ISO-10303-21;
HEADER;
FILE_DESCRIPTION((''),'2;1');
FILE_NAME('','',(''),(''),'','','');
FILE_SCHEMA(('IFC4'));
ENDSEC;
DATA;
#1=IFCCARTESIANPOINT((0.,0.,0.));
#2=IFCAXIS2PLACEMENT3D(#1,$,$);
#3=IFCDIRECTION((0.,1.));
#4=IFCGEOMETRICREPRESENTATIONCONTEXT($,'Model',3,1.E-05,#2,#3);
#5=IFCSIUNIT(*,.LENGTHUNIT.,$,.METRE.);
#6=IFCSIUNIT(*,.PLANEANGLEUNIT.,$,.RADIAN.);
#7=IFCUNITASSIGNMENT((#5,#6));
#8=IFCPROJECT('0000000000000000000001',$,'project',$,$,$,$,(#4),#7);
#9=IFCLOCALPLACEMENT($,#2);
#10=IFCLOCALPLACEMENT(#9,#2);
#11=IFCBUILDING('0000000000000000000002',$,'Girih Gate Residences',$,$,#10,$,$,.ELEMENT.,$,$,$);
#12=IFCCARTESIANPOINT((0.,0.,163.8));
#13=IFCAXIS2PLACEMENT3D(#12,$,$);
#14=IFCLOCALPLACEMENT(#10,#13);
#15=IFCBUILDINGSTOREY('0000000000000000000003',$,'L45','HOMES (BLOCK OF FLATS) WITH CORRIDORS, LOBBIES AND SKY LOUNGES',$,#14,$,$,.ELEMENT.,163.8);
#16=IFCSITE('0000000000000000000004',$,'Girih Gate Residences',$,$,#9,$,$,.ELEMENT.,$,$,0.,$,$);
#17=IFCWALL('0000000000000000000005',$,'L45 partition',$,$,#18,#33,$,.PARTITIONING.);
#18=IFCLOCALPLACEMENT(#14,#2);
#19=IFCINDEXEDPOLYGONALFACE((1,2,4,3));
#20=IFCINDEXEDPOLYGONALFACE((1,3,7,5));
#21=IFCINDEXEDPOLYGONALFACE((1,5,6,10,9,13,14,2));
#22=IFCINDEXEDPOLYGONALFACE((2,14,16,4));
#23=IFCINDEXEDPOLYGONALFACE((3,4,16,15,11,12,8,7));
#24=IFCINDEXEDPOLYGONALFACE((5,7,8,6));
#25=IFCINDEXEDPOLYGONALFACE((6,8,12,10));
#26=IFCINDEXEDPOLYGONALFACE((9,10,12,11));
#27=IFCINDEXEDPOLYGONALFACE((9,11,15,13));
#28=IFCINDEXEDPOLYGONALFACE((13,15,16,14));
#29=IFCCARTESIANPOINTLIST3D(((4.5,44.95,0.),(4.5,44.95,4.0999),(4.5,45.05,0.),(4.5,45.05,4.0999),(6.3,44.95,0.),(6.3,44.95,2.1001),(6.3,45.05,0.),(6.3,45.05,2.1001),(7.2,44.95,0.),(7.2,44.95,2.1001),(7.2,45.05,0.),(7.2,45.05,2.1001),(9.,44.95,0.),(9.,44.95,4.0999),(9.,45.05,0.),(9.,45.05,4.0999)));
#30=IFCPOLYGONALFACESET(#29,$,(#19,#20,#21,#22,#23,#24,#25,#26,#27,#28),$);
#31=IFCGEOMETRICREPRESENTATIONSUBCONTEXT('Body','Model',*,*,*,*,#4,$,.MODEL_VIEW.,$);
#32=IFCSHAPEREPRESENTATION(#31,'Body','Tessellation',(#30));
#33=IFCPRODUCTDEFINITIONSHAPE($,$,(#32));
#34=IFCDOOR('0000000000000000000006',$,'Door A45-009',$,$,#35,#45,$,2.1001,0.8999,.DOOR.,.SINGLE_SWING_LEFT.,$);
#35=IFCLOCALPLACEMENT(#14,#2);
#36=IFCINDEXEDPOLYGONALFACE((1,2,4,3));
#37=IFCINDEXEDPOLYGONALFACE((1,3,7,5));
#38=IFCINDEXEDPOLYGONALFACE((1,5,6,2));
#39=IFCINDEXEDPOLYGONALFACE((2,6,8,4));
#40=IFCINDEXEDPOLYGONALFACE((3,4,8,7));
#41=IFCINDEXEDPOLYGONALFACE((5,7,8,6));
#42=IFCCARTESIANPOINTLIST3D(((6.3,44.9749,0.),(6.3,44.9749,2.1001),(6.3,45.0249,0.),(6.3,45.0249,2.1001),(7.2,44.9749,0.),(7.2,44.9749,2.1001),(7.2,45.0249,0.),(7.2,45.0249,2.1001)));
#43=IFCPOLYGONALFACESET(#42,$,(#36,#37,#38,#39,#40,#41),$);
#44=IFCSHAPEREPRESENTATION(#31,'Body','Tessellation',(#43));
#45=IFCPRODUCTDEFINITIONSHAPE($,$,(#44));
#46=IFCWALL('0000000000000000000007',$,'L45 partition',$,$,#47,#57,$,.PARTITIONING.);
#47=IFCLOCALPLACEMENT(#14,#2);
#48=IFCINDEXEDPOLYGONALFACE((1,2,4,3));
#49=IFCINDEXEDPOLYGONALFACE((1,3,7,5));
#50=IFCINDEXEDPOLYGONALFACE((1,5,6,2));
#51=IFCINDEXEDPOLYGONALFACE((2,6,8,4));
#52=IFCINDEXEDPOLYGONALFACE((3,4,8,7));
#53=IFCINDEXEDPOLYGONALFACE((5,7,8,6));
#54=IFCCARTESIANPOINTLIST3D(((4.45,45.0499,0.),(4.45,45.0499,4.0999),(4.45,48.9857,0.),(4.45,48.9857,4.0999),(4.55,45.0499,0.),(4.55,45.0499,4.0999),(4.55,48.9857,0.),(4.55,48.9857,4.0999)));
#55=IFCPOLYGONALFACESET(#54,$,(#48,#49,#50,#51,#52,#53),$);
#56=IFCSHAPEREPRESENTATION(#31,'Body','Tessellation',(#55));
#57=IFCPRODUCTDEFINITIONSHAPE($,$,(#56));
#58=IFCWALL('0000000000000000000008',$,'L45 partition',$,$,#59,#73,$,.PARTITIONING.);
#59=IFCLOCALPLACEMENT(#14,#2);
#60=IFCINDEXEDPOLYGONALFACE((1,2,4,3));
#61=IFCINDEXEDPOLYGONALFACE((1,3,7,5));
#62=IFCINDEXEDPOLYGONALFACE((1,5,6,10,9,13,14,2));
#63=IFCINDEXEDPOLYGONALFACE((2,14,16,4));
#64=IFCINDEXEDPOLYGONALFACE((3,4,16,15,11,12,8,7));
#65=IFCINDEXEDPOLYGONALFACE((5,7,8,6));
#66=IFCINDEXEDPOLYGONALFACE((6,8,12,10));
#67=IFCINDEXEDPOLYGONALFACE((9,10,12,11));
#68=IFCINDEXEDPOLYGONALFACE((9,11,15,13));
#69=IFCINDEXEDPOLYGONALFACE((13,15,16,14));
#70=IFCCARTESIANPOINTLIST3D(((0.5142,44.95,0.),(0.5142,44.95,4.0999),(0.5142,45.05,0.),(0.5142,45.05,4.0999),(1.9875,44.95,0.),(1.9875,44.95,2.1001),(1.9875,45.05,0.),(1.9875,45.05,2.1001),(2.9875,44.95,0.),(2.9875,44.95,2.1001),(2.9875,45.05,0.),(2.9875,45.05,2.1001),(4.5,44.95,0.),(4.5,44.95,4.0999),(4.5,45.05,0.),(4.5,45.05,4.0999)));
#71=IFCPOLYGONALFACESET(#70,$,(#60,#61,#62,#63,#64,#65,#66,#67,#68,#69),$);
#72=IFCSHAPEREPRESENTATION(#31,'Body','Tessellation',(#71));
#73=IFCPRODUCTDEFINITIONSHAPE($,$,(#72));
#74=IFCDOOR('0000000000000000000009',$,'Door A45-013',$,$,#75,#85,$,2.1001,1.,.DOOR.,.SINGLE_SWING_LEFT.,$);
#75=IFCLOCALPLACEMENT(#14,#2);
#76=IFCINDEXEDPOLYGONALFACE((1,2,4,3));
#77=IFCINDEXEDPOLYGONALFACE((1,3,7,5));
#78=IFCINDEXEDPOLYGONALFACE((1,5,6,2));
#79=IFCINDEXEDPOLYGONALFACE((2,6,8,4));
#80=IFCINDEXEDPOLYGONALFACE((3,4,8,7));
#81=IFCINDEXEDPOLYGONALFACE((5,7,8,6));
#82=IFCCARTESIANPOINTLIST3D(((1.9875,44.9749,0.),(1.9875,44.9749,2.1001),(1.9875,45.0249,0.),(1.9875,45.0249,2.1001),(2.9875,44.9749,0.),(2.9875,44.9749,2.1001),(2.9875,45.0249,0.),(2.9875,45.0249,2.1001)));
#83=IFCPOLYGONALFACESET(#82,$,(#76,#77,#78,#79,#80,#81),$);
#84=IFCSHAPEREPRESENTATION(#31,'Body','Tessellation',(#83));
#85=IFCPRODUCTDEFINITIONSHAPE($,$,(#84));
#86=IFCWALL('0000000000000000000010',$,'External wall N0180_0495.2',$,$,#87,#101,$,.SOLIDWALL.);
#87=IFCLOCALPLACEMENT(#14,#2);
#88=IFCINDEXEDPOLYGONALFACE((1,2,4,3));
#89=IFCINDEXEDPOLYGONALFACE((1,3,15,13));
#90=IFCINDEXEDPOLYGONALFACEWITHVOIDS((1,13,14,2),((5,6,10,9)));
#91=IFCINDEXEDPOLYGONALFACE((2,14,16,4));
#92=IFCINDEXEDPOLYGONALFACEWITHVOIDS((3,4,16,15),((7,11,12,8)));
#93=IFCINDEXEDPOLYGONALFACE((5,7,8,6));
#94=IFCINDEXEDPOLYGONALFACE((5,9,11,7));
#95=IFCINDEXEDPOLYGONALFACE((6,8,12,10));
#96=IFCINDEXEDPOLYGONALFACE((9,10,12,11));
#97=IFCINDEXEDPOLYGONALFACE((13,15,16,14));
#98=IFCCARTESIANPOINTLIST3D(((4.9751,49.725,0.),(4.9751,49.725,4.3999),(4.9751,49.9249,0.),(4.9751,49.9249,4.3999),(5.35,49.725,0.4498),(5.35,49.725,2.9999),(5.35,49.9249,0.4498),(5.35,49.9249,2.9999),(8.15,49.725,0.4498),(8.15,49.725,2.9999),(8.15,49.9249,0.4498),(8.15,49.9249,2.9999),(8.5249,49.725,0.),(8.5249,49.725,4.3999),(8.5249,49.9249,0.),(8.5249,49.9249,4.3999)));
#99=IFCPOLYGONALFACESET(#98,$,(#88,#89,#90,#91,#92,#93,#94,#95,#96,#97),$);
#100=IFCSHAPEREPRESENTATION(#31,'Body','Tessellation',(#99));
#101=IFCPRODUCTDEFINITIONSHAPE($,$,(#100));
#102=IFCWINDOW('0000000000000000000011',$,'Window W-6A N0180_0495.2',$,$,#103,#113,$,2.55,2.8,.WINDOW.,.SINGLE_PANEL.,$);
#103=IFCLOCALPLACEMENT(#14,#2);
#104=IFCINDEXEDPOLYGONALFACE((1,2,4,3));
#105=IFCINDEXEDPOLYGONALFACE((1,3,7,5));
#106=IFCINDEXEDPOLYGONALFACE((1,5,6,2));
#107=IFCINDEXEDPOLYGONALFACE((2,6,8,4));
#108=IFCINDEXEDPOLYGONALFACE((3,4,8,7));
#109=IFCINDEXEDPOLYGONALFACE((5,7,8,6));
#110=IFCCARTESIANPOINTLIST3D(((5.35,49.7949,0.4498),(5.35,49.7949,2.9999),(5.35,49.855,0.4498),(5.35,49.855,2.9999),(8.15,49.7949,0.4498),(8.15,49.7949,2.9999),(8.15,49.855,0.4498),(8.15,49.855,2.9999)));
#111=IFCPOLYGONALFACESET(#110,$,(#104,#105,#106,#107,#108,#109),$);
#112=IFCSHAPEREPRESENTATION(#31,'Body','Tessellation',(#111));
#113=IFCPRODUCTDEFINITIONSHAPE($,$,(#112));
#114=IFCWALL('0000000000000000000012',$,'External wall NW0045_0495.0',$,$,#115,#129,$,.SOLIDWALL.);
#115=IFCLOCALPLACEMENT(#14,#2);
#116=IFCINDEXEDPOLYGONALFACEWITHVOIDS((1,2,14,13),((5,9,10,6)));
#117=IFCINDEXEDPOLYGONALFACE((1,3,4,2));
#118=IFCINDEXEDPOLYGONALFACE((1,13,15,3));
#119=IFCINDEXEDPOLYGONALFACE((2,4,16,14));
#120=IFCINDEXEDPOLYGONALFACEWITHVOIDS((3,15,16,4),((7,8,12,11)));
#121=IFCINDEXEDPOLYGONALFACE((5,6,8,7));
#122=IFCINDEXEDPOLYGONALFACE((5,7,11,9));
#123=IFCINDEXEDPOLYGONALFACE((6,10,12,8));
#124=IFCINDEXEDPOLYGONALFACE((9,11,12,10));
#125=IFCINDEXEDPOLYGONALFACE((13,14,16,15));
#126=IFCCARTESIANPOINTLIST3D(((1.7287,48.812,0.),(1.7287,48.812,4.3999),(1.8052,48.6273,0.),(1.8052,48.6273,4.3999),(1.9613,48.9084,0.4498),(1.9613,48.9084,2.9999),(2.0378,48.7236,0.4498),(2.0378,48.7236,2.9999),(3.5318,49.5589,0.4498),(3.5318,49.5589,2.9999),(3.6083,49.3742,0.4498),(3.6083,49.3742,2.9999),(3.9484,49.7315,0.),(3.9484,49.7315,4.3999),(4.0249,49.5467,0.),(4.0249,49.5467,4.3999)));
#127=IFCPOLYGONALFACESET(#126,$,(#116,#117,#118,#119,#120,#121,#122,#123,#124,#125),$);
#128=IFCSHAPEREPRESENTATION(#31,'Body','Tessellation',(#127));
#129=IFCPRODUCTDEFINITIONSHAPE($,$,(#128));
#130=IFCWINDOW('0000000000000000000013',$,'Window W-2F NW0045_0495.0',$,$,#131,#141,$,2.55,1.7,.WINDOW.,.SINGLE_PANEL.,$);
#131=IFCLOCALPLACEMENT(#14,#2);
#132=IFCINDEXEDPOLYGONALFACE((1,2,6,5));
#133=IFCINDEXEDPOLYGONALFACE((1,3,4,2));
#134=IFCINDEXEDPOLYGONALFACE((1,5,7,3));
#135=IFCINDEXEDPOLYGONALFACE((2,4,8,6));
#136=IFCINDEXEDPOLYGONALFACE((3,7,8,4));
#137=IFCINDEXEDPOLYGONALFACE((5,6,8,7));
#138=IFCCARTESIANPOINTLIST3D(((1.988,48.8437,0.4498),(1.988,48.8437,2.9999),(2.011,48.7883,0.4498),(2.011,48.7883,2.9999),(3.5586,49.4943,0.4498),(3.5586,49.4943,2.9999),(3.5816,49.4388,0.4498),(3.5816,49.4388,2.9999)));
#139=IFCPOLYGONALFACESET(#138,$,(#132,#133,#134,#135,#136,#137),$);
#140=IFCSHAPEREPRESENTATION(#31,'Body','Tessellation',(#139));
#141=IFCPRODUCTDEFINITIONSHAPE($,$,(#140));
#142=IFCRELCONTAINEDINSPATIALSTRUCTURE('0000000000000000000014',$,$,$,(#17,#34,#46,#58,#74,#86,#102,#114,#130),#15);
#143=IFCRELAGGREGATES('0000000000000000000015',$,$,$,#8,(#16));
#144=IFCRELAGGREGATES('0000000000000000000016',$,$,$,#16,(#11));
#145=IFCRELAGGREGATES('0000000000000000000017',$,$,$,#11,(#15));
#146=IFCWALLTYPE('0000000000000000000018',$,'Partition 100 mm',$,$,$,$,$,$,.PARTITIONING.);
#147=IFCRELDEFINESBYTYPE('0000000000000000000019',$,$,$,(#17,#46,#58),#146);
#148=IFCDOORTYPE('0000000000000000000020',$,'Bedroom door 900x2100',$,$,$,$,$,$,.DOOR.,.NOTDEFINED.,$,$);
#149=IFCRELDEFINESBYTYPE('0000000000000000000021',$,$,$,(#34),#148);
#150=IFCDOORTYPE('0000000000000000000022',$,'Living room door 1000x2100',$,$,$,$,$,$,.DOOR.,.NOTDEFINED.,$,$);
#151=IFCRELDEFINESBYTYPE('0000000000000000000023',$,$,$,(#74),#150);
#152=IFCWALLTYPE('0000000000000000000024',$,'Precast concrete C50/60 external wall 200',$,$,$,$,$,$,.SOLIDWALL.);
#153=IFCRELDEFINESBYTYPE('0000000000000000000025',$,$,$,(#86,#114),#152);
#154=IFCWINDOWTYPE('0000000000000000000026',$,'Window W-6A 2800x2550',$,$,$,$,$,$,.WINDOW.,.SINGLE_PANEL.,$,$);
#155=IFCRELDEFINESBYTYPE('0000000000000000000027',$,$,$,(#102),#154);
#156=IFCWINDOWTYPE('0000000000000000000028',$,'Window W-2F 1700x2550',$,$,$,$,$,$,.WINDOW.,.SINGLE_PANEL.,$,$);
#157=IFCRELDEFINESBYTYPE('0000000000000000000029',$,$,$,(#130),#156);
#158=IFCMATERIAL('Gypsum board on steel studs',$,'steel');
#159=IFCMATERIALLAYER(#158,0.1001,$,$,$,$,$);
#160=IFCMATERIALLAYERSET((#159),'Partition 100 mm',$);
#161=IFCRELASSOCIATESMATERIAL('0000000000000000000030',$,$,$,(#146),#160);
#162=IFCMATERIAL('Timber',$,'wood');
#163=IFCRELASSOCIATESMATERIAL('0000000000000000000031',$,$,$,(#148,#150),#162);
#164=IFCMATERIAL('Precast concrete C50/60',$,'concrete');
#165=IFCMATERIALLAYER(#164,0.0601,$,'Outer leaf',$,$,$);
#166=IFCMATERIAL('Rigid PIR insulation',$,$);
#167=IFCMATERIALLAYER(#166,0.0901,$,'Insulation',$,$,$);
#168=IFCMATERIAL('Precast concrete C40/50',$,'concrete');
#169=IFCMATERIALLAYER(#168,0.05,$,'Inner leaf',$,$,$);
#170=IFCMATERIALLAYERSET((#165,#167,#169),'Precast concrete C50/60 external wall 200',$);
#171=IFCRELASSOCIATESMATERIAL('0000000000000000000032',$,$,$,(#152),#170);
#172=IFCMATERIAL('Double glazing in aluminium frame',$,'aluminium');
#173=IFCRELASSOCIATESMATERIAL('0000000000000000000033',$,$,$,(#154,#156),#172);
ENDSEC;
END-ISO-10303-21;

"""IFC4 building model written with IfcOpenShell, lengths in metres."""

from ifc_helpers import new_model, si_unit, direction, frame, frame_2d, origin, place, context, subcontext, project, spatial, rectangle, extrude, material, layer, layer_set, type_object, element, fill, save


model = new_model("IFC4")

# Units and contexts
model_context = context("Model", 3, precision=1e-05, world=origin(), true_north=direction((0.0, 1.0)))
body_context = subcontext(model_context, "Body", "Model", "MODEL_VIEW")
ifc_project = project(units=[si_unit("LENGTHUNIT", "METRE"), si_unit("PLANEANGLEUNIT", "RADIAN")], contexts=[model_context])

# Site, building, storey
site_placement = place(None, origin())
site = spatial("IfcSite", under=ifc_project, at=site_placement, Name="Girih Gate Residences", CompositionType="ELEMENT", RefElevation=0.0)
building_placement = place(site_placement, origin())
building = spatial("IfcBuilding", under=site, at=building_placement, Name="Girih Gate Residences", CompositionType="ELEMENT")
storey_placement = place(building_placement, frame((0.0, 0.0, 163.8)))
storey = spatial("IfcBuildingStorey", under=building, at=storey_placement, Name="L45", Description="HOMES (BLOCK OF FLATS) WITH CORRIDORS, LOBBIES AND SKY LOUNGES", CompositionType="ELEMENT", Elevation=163.8)

# Shared definitions
ifc_material_1 = material(Name="Gypsum board on steel studs", Category="steel")

# Wall, opening, door
ifc_material_2 = material(Name="Timber", Category="wood")
ifc_layer_1 = layer(ifc_material_1, 0.1001)
ifc_layer_set_1 = layer_set([ifc_layer_1], Name="Partition 100 mm")
wall_type_1 = type_object("IfcWallType", Name="Partition 100 mm", PredefinedType="PARTITIONING", material=ifc_layer_set_1)
wall_1_placement = place(storey_placement, frame((4.5, 45.0, 0.0), z_axis=(0.0, 0.0, 1.0), x_axis=(1.0, 0.0, 0.0)))
wall_1 = element("IfcWall", 1, at=wall_1_placement, inside=storey, type_object=wall_type_1, Name="L45 partition", PredefinedType="PARTITIONING", context=body_context, shape_type="SweptSolid", body=[
    extrude(rectangle(XDim=4.5, YDim=0.1001, at=frame_2d((2.25, 0.0))), origin(), (0.0, 0.0, 1.0), 4.0999),
])
opening_1_placement = place(wall_1_placement, frame((1.8, 0.0, 0.0)))
opening_1 = element("IfcOpeningElement", 2, at=opening_1_placement, cuts=wall_1, PredefinedType="OPENING", context=body_context, shape_type="SweptSolid", body=[
    extrude(rectangle(XDim=0.8999, YDim=2.1001, at=frame_2d((0.45, 1.05))), frame((0.0, 0.0601, 0.0), z_axis=(0.0, -1.0, 0.0), x_axis=(1.0, 0.0, 0.0)), (0.0, 0.0, 1.0), 0.1201),
])
door_type_1 = type_object("IfcDoorType", Name="Bedroom door 900x2100", OperationType="NOTDEFINED", PredefinedType="DOOR", material=ifc_material_2)
door_1_placement = place(opening_1_placement, origin())
door_1 = element("IfcDoor", 3, at=door_1_placement, inside=storey, type_object=door_type_1, Name="Door A45-009", OperationType="SINGLE_SWING_LEFT", OverallHeight=2.1001, OverallWidth=0.8999, PredefinedType="DOOR", context=body_context, shape_type="SweptSolid", body=[
    extrude(rectangle(XDim=0.8999, YDim=2.1001, at=frame_2d((0.45, 1.05))), frame((0.0, 0.0249, 0.0), z_axis=(0.0, -1.0, 0.0), x_axis=(1.0, 0.0, 0.0)), (0.0, 0.0, 1.0), 0.05),
])
fill(opening_1, door_1)

# Wall
wall_2_placement = place(storey_placement, frame((4.5, 45.05, 0.0), z_axis=(0.0, 0.0, 1.0), x_axis=(0.0, 1.0, 0.0)))
element("IfcWall", 4, at=wall_2_placement, inside=storey, type_object=wall_type_1, Name="L45 partition", PredefinedType="PARTITIONING", context=body_context, shape_type="SweptSolid", body=[
    extrude(rectangle(XDim=3.9358, YDim=0.1001, at=frame_2d((1.9678, 0.0))), origin(), (0.0, 0.0, 1.0), 4.0999),
])

# Wall, opening, door
wall_3_placement = place(storey_placement, frame((0.5142, 45.0, 0.0), z_axis=(0.0, 0.0, 1.0), x_axis=(1.0, 0.0, 0.0)))
wall_3 = element("IfcWall", 5, at=wall_3_placement, inside=storey, type_object=wall_type_1, Name="L45 partition", PredefinedType="PARTITIONING", context=body_context, shape_type="SweptSolid", body=[
    extrude(rectangle(XDim=3.9858, YDim=0.1001, at=frame_2d((1.9929, 0.0))), origin(), (0.0, 0.0, 1.0), 4.0999),
])
opening_2_placement = place(wall_3_placement, frame((1.4734, 0.0, 0.0)))
opening_2 = element("IfcOpeningElement", 6, at=opening_2_placement, cuts=wall_3, PredefinedType="OPENING", context=body_context, shape_type="SweptSolid", body=[
    extrude(rectangle(XDim=1.0, YDim=2.1001, at=frame_2d((0.5, 1.05))), frame((0.0, 0.0601, 0.0), z_axis=(0.0, -1.0, 0.0), x_axis=(1.0, 0.0, 0.0)), (0.0, 0.0, 1.0), 0.1201),
])
door_type_2 = type_object("IfcDoorType", Name="Living room door 1000x2100", OperationType="NOTDEFINED", PredefinedType="DOOR", material=ifc_material_2)
door_2_placement = place(opening_2_placement, origin())
door_2 = element("IfcDoor", 7, at=door_2_placement, inside=storey, type_object=door_type_2, Name="Door A45-013", OperationType="SINGLE_SWING_LEFT", OverallHeight=2.1001, OverallWidth=1.0, PredefinedType="DOOR", context=body_context, shape_type="SweptSolid", body=[
    extrude(rectangle(XDim=1.0, YDim=2.1001, at=frame_2d((0.5, 1.05))), frame((0.0, 0.0249, 0.0), z_axis=(0.0, -1.0, 0.0), x_axis=(1.0, 0.0, 0.0)), (0.0, 0.0, 1.0), 0.05),
])
fill(opening_2, door_2)

# Walls, openings, windows
ifc_material_3 = material(Name="Precast concrete C50/60", Category="concrete")
ifc_layer_2 = layer(ifc_material_3, 0.0601, Name="Outer leaf")
ifc_material_4 = material(Name="Rigid PIR insulation")
ifc_layer_3 = layer(ifc_material_4, 0.0901, Name="Insulation")
ifc_material_5 = material(Name="Precast concrete C40/50", Category="concrete")
ifc_layer_4 = layer(ifc_material_5, 0.05, Name="Inner leaf")
ifc_layer_set_2 = layer_set([ifc_layer_2, ifc_layer_3, ifc_layer_4], Name="Precast concrete C50/60 external wall 200")
wall_type_2 = type_object("IfcWallType", Name="Precast concrete C50/60 external wall 200", PredefinedType="SOLIDWALL", material=ifc_layer_set_2)
wall_4_placement = place(storey_placement, frame((4.9751, 49.825, 0.0), z_axis=(0.0, 0.0, 1.0), x_axis=(1.0, 0.0, 0.0)))
wall_4 = element("IfcWall", 8, at=wall_4_placement, inside=storey, type_object=wall_type_2, Name="External wall N0180_0495.2", PredefinedType="SOLIDWALL", context=body_context, shape_type="SweptSolid", body=[
    extrude(rectangle(XDim=3.5498, YDim=0.2, at=frame_2d((1.7749, 0.0))), origin(), (0.0, 0.0, 1.0), 4.3999),
])
opening_3_placement = place(wall_4_placement, frame((0.375, 0.0, 0.45)))
opening_3 = element("IfcOpeningElement", 9, at=opening_3_placement, cuts=wall_4, PredefinedType="OPENING", context=body_context, shape_type="SweptSolid", body=[
    extrude(rectangle(XDim=2.8, YDim=2.55, at=frame_2d((1.3999, 1.2749))), frame((0.0, 0.1099, 0.0), z_axis=(0.0, -1.0, 0.0), x_axis=(1.0, 0.0, 0.0)), (0.0, 0.0, 1.0), 0.22),
])
ifc_material_6 = material(Name="Double glazing in aluminium frame", Category="aluminium")
window_type_1 = type_object("IfcWindowType", Name="Window W-6A 2800x2550", PartitioningType="SINGLE_PANEL", PredefinedType="WINDOW", material=ifc_material_6)
window_1_placement = place(opening_3_placement, origin())
window_1 = element("IfcWindow", 10, at=window_1_placement, inside=storey, type_object=window_type_1, Name="Window W-6A N0180_0495.2", OverallHeight=2.55, OverallWidth=2.8, PartitioningType="SINGLE_PANEL", PredefinedType="WINDOW", context=body_context, shape_type="SweptSolid", body=[
    extrude(rectangle(XDim=2.8, YDim=2.55, at=frame_2d((1.3999, 1.2749))), frame((0.0, 0.03, 0.0), z_axis=(0.0, -1.0, 0.0), x_axis=(1.0, 0.0, 0.0)), (0.0, 0.0, 1.0), 0.0601),
])
fill(opening_3, window_1)
wall_5_placement = place(storey_placement, frame((1.7671, 48.7197, 0.0), z_axis=(0.0, 0.0, 1.0), x_axis=(0.923881, 0.382681, 0.0)))
wall_5 = element("IfcWall", 11, at=wall_5_placement, inside=storey, type_object=wall_type_2, Name="External wall NW0045_0495.0", PredefinedType="SOLIDWALL", context=body_context, shape_type="SweptSolid", body=[
    extrude(rectangle(XDim=2.4026, YDim=0.2, at=frame_2d((1.2012, 0.0))), origin(), (0.0, 0.0, 1.0), 4.3999),
])
opening_4_placement = place(wall_5_placement, frame((0.2515, 0.0, 0.45)))
opening_4 = element("IfcOpeningElement", 12, at=opening_4_placement, cuts=wall_5, PredefinedType="OPENING", context=body_context, shape_type="SweptSolid", body=[
    extrude(rectangle(XDim=1.7, YDim=2.55, at=frame_2d((0.8501, 1.2749))), frame((0.0, 0.1099, 0.0), z_axis=(0.0, -1.0, 0.0), x_axis=(1.0, 0.0, 0.0)), (0.0, 0.0, 1.0), 0.22),
])
window_type_2 = type_object("IfcWindowType", Name="Window W-2F 1700x2550", PartitioningType="SINGLE_PANEL", PredefinedType="WINDOW", material=ifc_material_6)
window_2_placement = place(opening_4_placement, origin())
window_2 = element("IfcWindow", 13, at=window_2_placement, inside=storey, type_object=window_type_2, Name="Window W-2F NW0045_0495.0", OverallHeight=2.55, OverallWidth=1.7, PartitioningType="SINGLE_PANEL", PredefinedType="WINDOW", context=body_context, shape_type="SweptSolid", body=[
    extrude(rectangle(XDim=1.7, YDim=2.55, at=frame_2d((0.8501, 1.2749))), frame((0.0, 0.03, 0.0), z_axis=(0.0, -1.0, 0.0), x_axis=(1.0, 0.0, 0.0)), (0.0, 0.0, 1.0), 0.0601),
])
fill(opening_4, window_2)

save(model, "model.ifc")
